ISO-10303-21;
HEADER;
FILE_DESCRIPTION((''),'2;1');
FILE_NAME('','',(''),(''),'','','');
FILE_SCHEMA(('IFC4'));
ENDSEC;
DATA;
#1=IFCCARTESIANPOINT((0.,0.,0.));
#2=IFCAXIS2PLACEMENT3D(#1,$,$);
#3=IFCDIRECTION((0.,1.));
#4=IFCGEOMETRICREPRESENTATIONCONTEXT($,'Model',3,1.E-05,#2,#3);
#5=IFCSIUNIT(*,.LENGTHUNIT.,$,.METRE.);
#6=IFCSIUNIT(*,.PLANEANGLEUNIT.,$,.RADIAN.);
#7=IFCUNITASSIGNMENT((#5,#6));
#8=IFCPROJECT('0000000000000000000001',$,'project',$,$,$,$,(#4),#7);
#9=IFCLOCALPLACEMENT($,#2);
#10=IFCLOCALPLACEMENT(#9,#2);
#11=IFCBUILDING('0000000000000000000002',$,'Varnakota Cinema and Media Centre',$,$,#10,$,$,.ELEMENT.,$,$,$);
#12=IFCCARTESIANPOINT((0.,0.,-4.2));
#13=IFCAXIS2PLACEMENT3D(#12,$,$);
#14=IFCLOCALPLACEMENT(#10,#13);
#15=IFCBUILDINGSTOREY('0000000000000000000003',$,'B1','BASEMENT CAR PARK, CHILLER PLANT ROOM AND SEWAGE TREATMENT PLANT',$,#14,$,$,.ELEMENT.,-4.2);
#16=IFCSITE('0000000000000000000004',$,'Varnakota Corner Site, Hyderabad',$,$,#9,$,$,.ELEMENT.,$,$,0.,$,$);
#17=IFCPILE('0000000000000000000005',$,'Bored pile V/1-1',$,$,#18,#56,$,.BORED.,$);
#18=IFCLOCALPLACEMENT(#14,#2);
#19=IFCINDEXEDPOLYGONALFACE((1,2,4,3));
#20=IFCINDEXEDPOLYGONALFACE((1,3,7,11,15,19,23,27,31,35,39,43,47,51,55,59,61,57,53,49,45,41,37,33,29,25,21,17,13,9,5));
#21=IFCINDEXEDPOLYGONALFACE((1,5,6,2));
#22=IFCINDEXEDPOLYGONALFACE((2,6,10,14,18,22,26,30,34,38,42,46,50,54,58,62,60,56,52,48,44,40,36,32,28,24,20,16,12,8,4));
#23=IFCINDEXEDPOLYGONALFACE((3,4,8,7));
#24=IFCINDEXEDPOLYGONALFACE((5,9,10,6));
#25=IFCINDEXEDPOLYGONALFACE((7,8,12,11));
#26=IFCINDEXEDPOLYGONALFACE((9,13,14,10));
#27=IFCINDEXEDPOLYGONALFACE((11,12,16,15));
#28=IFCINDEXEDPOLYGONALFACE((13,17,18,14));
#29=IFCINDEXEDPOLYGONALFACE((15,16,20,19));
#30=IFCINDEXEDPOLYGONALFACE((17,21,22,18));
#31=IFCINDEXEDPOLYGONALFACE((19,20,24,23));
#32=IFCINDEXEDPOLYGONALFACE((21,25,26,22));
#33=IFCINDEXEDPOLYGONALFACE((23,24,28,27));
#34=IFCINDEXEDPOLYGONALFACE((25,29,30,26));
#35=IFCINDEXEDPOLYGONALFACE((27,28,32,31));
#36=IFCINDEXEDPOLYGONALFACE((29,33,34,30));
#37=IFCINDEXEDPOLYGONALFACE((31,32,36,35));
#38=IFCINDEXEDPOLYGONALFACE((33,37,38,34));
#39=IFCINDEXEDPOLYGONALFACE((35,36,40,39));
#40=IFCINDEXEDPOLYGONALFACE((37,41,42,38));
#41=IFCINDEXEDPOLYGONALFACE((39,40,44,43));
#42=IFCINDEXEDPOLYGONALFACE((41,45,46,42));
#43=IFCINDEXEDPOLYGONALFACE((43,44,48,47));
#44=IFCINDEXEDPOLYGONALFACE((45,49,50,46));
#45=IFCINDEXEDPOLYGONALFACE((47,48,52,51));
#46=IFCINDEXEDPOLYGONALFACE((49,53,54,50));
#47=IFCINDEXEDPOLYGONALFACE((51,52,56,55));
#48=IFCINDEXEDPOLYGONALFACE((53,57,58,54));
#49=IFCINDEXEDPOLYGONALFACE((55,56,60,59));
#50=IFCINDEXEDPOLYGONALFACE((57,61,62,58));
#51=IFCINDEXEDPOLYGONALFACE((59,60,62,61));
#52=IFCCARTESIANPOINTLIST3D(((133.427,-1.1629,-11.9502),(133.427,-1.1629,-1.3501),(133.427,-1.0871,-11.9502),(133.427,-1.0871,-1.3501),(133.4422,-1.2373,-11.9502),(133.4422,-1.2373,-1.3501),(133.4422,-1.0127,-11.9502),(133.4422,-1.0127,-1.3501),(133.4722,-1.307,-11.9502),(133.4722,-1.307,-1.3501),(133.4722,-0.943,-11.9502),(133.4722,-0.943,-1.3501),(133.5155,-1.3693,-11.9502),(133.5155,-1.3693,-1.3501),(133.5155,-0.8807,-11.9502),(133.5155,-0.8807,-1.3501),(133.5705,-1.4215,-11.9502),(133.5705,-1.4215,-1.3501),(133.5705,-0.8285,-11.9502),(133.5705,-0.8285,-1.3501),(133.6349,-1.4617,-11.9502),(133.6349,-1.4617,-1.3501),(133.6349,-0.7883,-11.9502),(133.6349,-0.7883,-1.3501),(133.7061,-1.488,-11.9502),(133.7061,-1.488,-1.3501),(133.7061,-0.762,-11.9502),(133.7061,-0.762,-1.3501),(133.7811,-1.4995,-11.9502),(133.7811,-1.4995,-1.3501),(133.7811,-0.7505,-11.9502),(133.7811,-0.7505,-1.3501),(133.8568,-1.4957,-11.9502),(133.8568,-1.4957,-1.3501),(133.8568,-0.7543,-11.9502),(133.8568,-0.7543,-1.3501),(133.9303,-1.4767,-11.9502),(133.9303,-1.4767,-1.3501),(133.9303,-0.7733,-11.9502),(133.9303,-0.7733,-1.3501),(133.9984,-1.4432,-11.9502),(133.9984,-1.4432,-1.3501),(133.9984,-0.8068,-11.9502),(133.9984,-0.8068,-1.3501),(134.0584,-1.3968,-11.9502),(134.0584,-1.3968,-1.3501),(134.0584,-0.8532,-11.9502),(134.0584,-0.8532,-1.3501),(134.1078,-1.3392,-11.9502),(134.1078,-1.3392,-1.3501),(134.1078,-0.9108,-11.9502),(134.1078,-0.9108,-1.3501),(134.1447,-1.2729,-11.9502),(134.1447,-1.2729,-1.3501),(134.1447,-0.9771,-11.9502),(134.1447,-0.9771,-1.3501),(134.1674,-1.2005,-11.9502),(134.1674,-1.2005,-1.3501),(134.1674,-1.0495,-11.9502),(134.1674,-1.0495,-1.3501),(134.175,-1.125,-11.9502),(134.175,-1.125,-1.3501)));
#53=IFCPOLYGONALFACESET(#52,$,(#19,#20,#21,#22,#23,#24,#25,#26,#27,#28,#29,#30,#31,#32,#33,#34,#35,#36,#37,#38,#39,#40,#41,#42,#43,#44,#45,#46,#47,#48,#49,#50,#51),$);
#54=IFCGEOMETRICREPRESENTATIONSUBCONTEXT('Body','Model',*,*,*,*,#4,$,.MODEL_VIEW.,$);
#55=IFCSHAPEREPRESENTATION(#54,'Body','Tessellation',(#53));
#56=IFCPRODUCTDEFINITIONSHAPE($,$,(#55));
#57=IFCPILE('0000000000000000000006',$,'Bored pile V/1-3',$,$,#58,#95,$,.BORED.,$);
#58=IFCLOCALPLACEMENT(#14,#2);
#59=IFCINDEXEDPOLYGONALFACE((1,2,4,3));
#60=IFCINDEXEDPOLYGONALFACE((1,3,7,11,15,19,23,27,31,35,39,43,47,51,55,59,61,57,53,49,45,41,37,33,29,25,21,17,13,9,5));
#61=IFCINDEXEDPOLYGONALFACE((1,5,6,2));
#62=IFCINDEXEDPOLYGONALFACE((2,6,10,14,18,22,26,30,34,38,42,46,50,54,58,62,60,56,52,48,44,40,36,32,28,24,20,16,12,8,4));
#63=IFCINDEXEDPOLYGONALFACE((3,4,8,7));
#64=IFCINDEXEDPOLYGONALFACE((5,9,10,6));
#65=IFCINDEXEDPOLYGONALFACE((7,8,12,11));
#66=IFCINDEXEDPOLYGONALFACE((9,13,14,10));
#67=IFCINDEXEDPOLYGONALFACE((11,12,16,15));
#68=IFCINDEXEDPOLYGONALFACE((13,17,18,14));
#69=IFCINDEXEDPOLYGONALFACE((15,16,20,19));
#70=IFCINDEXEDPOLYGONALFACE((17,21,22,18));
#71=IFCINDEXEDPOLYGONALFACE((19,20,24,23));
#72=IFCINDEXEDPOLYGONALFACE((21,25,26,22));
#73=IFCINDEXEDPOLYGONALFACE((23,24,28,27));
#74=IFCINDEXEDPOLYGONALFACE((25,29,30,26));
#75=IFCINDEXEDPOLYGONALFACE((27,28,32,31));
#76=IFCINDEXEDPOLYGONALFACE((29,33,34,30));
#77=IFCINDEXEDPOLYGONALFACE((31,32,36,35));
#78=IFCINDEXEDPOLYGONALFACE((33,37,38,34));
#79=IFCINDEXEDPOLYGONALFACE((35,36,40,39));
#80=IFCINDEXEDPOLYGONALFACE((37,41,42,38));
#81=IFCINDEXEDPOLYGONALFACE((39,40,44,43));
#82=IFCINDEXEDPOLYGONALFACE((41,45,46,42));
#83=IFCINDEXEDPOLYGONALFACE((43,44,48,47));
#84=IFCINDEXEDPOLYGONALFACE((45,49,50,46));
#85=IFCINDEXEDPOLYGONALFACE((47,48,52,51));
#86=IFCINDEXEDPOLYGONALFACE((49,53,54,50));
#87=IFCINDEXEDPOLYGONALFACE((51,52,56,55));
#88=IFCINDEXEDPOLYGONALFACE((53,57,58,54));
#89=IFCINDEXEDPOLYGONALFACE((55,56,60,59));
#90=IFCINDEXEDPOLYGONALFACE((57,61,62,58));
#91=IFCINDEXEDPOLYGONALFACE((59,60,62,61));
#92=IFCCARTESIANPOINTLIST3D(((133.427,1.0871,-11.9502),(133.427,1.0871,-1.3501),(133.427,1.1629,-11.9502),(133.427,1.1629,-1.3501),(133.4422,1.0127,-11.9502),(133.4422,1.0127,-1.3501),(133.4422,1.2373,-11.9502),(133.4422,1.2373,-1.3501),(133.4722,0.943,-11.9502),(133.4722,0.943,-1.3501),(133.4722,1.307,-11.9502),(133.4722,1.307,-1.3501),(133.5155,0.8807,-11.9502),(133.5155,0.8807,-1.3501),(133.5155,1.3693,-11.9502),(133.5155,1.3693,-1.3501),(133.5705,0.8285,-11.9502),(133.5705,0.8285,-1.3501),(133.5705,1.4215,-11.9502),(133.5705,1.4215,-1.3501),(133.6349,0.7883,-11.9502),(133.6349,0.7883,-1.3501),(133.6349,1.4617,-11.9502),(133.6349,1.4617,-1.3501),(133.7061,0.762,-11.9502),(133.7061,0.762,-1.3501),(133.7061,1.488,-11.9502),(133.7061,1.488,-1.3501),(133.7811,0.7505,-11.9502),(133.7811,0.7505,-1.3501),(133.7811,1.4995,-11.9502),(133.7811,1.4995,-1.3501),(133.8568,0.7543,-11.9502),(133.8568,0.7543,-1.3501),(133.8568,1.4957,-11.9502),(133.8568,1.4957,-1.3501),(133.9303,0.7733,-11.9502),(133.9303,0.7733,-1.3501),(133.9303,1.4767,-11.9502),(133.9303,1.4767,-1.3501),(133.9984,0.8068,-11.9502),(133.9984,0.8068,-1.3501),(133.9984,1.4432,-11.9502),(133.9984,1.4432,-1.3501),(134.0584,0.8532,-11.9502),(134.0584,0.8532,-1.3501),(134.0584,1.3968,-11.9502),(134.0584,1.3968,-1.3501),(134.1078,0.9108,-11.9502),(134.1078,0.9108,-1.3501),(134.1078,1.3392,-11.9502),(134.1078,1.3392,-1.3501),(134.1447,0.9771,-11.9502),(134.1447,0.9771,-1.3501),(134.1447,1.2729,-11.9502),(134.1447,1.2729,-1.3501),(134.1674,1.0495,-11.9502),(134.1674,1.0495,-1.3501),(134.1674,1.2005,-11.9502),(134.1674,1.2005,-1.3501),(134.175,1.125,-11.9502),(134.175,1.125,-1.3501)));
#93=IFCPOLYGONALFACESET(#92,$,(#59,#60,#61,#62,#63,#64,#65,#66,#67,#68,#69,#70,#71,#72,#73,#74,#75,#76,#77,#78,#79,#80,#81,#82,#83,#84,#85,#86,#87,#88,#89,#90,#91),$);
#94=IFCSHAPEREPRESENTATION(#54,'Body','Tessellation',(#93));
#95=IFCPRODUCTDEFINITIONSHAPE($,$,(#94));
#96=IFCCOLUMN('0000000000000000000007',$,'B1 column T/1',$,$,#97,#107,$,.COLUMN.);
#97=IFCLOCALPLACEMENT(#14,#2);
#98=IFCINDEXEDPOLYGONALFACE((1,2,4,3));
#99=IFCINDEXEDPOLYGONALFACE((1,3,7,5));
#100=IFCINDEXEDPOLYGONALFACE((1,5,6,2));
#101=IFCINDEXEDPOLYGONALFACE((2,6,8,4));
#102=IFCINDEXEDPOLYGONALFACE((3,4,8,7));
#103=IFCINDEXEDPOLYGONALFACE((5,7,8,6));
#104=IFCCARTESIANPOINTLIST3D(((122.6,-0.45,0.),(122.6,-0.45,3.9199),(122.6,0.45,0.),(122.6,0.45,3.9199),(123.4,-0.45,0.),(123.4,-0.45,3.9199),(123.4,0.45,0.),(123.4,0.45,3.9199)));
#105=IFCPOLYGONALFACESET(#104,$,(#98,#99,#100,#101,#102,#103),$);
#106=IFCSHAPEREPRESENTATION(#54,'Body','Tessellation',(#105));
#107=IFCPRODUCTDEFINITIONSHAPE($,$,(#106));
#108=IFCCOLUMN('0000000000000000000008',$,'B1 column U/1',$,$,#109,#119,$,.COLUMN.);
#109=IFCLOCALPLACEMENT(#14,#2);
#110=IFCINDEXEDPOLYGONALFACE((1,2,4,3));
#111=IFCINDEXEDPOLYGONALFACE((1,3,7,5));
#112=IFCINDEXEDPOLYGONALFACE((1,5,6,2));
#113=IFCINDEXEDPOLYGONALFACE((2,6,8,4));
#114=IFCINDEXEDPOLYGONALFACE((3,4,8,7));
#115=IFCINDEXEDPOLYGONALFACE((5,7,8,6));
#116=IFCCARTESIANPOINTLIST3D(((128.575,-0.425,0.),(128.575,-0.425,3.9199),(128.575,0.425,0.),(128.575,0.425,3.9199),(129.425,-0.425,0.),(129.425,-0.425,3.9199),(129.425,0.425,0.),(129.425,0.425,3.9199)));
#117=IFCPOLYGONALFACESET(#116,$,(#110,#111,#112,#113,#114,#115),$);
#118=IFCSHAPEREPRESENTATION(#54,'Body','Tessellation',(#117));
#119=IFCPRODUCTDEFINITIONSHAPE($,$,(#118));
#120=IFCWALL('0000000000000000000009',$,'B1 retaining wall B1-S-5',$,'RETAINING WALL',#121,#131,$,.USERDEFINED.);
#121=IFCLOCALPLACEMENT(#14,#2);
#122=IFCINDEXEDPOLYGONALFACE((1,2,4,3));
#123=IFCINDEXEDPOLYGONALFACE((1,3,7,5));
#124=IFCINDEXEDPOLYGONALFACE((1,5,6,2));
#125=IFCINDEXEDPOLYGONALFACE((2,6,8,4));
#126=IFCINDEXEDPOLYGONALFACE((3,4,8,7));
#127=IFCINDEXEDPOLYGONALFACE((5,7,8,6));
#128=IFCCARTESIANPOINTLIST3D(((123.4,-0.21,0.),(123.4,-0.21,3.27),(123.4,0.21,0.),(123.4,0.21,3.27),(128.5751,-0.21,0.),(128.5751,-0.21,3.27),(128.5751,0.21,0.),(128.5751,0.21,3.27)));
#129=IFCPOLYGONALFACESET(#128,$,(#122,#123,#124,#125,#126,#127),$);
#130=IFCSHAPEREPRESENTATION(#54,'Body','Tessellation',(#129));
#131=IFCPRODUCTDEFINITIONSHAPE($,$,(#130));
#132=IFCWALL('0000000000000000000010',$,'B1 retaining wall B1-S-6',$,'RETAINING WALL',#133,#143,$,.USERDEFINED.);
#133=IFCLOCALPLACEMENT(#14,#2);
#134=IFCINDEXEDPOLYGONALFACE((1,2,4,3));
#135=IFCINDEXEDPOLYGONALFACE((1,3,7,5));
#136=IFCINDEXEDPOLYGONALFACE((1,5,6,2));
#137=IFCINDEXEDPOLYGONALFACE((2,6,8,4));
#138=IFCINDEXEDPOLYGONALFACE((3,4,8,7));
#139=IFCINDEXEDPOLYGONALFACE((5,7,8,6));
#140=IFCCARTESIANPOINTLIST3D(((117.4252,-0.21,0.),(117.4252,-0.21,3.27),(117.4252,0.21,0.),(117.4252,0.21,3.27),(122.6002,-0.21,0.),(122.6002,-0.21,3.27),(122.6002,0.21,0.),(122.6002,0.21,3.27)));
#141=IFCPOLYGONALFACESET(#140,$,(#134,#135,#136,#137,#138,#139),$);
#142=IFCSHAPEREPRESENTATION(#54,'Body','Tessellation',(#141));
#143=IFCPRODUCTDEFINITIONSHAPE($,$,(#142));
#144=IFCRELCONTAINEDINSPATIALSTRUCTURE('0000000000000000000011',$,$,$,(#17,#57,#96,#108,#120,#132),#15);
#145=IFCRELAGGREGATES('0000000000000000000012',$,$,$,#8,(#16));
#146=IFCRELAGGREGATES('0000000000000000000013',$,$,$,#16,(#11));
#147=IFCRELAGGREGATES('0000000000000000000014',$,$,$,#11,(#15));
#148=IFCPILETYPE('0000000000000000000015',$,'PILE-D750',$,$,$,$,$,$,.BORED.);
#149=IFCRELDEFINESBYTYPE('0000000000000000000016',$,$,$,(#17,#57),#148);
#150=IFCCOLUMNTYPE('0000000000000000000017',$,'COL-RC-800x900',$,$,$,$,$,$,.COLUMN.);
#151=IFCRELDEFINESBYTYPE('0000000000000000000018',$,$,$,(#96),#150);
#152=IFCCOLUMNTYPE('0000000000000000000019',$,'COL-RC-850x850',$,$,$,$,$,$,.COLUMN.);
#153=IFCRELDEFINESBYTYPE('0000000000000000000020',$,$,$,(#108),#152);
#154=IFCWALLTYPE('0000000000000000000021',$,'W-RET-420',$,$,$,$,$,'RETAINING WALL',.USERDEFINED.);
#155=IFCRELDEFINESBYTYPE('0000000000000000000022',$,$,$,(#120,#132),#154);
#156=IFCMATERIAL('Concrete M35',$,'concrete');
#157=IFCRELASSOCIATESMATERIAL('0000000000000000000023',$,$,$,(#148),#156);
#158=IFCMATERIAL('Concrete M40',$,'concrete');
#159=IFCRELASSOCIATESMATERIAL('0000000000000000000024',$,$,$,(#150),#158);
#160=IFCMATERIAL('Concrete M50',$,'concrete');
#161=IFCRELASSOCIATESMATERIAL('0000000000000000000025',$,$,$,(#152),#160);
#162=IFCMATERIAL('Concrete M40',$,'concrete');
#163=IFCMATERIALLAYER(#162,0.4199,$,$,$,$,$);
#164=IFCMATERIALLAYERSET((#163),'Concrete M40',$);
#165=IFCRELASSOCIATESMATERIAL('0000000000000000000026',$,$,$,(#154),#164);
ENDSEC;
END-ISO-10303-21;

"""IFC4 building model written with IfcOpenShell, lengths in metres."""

from ifc_helpers import new_model, si_unit, direction, frame, frame_2d, origin, origin_2d, place, context, subcontext, project, spatial, rectangle, circle, extrude, material, layer, layer_set, material_profile, profile_set, type_object, element, save


model = new_model("IFC4")

# Units and contexts
model_context = context("Model", 3, precision=1e-05, world=origin(), true_north=direction((0.0, 1.0)))
body_context = subcontext(model_context, "Body", "Model", "MODEL_VIEW")
ifc_project = project(units=[si_unit("LENGTHUNIT", "METRE"), si_unit("PLANEANGLEUNIT", "RADIAN")], contexts=[model_context])

# Site, building, storey
site_placement = place(None, origin())
site = spatial("IfcSite", under=ifc_project, at=site_placement, Name="Varnakota Corner Site, Hyderabad", CompositionType="ELEMENT", RefElevation=0.0)
building_placement = place(site_placement, origin())
building = spatial("IfcBuilding", under=site, at=building_placement, Name="Varnakota Cinema and Media Centre", CompositionType="ELEMENT")
storey_placement = place(building_placement, frame((0.0, 0.0, -4.2)))
storey = spatial("IfcBuildingStorey", under=building, at=storey_placement, Name="B1", Description="BASEMENT CAR PARK, CHILLER PLANT ROOM AND SEWAGE TREATMENT PLANT", CompositionType="ELEMENT", Elevation=-4.2)

# Piles
ifc_material_1 = material(Name="Concrete M35", Category="concrete")
ifc_material_profile_1 = material_profile(ifc_material_1, circle(Radius=0.375, at=origin_2d()), Name="PILE D750")
ifc_profile_set_1 = profile_set([ifc_material_profile_1], Name="Concrete M35")
pile_type_1 = type_object("IfcPileType", Name="PILE-D750", PredefinedType="BORED", material=ifc_profile_set_1)
for number, where, z_axis, x_axis, name in (
    (1, (133.8, -1.125, -1.3501), (0.0, 0.0, -1.0), (1.0, 0.0, 0.0), "Bored pile V/1-1"),
    (2, (133.8, 1.125, -1.3501), (0.0, 0.0, -1.0), (1.0, 0.0, 0.0), "Bored pile V/1-3"),
):
    element("IfcPile", number, at=place(storey_placement, frame(where, z_axis=z_axis, x_axis=x_axis)), inside=storey, type_object=pile_type_1, Name=name, PredefinedType="BORED", context=body_context, shape_type="SweptSolid", body=[
        extrude(circle(Radius=0.375, at=origin_2d()), origin(), (0.0, 0.0, 1.0), 10.6001),
    ])

# Columns
ifc_material_2 = material(Name="Concrete M40", Category="concrete")
ifc_material_profile_2 = material_profile(ifc_material_2, rectangle(XDim=0.8, YDim=0.8999, at=origin_2d()), Name="RC 800x900")
ifc_profile_set_2 = profile_set([ifc_material_profile_2], Name="Concrete M40")
column_type_1 = type_object("IfcColumnType", Name="COL-RC-800x900", PredefinedType="COLUMN", material=ifc_profile_set_2)
column_1_placement = place(storey_placement, frame((123.0, 0.0, 0.0), z_axis=(0.0, 0.0, 1.0), x_axis=(1.0, 0.0, 0.0)))
element("IfcColumn", 3, at=column_1_placement, inside=storey, type_object=column_type_1, Name="B1 column T/1", PredefinedType="COLUMN", context=body_context, shape_type="SweptSolid", body=[
    extrude(rectangle(XDim=0.8, YDim=0.8999, at=origin_2d()), origin(), (0.0, 0.0, 1.0), 3.9199),
])
ifc_material_3 = material(Name="Concrete M50", Category="concrete")
ifc_material_profile_3 = material_profile(ifc_material_3, rectangle(XDim=0.8501, YDim=0.8501, at=origin_2d()), Name="RC 850x850")
ifc_profile_set_3 = profile_set([ifc_material_profile_3], Name="Concrete M50")
column_type_2 = type_object("IfcColumnType", Name="COL-RC-850x850", PredefinedType="COLUMN", material=ifc_profile_set_3)
column_2_placement = place(storey_placement, frame((129.0, 0.0, 0.0), z_axis=(0.0, 0.0, 1.0), x_axis=(1.0, 0.0, 0.0)))
element("IfcColumn", 4, at=column_2_placement, inside=storey, type_object=column_type_2, Name="B1 column U/1", PredefinedType="COLUMN", context=body_context, shape_type="SweptSolid", body=[
    extrude(rectangle(XDim=0.8501, YDim=0.8501, at=origin_2d()), origin(), (0.0, 0.0, 1.0), 3.9199),
])

# Walls
ifc_material_4 = material(Name="Concrete M40", Category="concrete")
ifc_layer = layer(ifc_material_4, 0.4199)
ifc_layer_set = layer_set([ifc_layer], Name="Concrete M40")
wall_type = type_object("IfcWallType", Name="W-RET-420", ElementType="RETAINING WALL", PredefinedType="USERDEFINED", material=ifc_layer_set)
for number, where, z_axis, x_axis, name in (
    (5, (128.575, 0.0, 0.0), (0.0, 0.0, 1.0), (-1.0, 0.0, 0.0), "B1 retaining wall B1-S-5"),
    (6, (122.6001, 0.0, 0.0), (0.0, 0.0, 1.0), (-1.0, 0.0, 0.0), "B1 retaining wall B1-S-6"),
):
    element("IfcWall", number, at=place(storey_placement, frame(where, z_axis=z_axis, x_axis=x_axis)), inside=storey, type_object=wall_type, Name=name, ObjectType="RETAINING WALL", PredefinedType="USERDEFINED", context=body_context, shape_type="SweptSolid", body=[
        extrude(rectangle(XDim=5.175, YDim=0.4199, at=frame_2d((2.5874, 0.0))), origin(), (0.0, 0.0, 1.0), 3.27),
    ])

save(model, "model.ifc")
